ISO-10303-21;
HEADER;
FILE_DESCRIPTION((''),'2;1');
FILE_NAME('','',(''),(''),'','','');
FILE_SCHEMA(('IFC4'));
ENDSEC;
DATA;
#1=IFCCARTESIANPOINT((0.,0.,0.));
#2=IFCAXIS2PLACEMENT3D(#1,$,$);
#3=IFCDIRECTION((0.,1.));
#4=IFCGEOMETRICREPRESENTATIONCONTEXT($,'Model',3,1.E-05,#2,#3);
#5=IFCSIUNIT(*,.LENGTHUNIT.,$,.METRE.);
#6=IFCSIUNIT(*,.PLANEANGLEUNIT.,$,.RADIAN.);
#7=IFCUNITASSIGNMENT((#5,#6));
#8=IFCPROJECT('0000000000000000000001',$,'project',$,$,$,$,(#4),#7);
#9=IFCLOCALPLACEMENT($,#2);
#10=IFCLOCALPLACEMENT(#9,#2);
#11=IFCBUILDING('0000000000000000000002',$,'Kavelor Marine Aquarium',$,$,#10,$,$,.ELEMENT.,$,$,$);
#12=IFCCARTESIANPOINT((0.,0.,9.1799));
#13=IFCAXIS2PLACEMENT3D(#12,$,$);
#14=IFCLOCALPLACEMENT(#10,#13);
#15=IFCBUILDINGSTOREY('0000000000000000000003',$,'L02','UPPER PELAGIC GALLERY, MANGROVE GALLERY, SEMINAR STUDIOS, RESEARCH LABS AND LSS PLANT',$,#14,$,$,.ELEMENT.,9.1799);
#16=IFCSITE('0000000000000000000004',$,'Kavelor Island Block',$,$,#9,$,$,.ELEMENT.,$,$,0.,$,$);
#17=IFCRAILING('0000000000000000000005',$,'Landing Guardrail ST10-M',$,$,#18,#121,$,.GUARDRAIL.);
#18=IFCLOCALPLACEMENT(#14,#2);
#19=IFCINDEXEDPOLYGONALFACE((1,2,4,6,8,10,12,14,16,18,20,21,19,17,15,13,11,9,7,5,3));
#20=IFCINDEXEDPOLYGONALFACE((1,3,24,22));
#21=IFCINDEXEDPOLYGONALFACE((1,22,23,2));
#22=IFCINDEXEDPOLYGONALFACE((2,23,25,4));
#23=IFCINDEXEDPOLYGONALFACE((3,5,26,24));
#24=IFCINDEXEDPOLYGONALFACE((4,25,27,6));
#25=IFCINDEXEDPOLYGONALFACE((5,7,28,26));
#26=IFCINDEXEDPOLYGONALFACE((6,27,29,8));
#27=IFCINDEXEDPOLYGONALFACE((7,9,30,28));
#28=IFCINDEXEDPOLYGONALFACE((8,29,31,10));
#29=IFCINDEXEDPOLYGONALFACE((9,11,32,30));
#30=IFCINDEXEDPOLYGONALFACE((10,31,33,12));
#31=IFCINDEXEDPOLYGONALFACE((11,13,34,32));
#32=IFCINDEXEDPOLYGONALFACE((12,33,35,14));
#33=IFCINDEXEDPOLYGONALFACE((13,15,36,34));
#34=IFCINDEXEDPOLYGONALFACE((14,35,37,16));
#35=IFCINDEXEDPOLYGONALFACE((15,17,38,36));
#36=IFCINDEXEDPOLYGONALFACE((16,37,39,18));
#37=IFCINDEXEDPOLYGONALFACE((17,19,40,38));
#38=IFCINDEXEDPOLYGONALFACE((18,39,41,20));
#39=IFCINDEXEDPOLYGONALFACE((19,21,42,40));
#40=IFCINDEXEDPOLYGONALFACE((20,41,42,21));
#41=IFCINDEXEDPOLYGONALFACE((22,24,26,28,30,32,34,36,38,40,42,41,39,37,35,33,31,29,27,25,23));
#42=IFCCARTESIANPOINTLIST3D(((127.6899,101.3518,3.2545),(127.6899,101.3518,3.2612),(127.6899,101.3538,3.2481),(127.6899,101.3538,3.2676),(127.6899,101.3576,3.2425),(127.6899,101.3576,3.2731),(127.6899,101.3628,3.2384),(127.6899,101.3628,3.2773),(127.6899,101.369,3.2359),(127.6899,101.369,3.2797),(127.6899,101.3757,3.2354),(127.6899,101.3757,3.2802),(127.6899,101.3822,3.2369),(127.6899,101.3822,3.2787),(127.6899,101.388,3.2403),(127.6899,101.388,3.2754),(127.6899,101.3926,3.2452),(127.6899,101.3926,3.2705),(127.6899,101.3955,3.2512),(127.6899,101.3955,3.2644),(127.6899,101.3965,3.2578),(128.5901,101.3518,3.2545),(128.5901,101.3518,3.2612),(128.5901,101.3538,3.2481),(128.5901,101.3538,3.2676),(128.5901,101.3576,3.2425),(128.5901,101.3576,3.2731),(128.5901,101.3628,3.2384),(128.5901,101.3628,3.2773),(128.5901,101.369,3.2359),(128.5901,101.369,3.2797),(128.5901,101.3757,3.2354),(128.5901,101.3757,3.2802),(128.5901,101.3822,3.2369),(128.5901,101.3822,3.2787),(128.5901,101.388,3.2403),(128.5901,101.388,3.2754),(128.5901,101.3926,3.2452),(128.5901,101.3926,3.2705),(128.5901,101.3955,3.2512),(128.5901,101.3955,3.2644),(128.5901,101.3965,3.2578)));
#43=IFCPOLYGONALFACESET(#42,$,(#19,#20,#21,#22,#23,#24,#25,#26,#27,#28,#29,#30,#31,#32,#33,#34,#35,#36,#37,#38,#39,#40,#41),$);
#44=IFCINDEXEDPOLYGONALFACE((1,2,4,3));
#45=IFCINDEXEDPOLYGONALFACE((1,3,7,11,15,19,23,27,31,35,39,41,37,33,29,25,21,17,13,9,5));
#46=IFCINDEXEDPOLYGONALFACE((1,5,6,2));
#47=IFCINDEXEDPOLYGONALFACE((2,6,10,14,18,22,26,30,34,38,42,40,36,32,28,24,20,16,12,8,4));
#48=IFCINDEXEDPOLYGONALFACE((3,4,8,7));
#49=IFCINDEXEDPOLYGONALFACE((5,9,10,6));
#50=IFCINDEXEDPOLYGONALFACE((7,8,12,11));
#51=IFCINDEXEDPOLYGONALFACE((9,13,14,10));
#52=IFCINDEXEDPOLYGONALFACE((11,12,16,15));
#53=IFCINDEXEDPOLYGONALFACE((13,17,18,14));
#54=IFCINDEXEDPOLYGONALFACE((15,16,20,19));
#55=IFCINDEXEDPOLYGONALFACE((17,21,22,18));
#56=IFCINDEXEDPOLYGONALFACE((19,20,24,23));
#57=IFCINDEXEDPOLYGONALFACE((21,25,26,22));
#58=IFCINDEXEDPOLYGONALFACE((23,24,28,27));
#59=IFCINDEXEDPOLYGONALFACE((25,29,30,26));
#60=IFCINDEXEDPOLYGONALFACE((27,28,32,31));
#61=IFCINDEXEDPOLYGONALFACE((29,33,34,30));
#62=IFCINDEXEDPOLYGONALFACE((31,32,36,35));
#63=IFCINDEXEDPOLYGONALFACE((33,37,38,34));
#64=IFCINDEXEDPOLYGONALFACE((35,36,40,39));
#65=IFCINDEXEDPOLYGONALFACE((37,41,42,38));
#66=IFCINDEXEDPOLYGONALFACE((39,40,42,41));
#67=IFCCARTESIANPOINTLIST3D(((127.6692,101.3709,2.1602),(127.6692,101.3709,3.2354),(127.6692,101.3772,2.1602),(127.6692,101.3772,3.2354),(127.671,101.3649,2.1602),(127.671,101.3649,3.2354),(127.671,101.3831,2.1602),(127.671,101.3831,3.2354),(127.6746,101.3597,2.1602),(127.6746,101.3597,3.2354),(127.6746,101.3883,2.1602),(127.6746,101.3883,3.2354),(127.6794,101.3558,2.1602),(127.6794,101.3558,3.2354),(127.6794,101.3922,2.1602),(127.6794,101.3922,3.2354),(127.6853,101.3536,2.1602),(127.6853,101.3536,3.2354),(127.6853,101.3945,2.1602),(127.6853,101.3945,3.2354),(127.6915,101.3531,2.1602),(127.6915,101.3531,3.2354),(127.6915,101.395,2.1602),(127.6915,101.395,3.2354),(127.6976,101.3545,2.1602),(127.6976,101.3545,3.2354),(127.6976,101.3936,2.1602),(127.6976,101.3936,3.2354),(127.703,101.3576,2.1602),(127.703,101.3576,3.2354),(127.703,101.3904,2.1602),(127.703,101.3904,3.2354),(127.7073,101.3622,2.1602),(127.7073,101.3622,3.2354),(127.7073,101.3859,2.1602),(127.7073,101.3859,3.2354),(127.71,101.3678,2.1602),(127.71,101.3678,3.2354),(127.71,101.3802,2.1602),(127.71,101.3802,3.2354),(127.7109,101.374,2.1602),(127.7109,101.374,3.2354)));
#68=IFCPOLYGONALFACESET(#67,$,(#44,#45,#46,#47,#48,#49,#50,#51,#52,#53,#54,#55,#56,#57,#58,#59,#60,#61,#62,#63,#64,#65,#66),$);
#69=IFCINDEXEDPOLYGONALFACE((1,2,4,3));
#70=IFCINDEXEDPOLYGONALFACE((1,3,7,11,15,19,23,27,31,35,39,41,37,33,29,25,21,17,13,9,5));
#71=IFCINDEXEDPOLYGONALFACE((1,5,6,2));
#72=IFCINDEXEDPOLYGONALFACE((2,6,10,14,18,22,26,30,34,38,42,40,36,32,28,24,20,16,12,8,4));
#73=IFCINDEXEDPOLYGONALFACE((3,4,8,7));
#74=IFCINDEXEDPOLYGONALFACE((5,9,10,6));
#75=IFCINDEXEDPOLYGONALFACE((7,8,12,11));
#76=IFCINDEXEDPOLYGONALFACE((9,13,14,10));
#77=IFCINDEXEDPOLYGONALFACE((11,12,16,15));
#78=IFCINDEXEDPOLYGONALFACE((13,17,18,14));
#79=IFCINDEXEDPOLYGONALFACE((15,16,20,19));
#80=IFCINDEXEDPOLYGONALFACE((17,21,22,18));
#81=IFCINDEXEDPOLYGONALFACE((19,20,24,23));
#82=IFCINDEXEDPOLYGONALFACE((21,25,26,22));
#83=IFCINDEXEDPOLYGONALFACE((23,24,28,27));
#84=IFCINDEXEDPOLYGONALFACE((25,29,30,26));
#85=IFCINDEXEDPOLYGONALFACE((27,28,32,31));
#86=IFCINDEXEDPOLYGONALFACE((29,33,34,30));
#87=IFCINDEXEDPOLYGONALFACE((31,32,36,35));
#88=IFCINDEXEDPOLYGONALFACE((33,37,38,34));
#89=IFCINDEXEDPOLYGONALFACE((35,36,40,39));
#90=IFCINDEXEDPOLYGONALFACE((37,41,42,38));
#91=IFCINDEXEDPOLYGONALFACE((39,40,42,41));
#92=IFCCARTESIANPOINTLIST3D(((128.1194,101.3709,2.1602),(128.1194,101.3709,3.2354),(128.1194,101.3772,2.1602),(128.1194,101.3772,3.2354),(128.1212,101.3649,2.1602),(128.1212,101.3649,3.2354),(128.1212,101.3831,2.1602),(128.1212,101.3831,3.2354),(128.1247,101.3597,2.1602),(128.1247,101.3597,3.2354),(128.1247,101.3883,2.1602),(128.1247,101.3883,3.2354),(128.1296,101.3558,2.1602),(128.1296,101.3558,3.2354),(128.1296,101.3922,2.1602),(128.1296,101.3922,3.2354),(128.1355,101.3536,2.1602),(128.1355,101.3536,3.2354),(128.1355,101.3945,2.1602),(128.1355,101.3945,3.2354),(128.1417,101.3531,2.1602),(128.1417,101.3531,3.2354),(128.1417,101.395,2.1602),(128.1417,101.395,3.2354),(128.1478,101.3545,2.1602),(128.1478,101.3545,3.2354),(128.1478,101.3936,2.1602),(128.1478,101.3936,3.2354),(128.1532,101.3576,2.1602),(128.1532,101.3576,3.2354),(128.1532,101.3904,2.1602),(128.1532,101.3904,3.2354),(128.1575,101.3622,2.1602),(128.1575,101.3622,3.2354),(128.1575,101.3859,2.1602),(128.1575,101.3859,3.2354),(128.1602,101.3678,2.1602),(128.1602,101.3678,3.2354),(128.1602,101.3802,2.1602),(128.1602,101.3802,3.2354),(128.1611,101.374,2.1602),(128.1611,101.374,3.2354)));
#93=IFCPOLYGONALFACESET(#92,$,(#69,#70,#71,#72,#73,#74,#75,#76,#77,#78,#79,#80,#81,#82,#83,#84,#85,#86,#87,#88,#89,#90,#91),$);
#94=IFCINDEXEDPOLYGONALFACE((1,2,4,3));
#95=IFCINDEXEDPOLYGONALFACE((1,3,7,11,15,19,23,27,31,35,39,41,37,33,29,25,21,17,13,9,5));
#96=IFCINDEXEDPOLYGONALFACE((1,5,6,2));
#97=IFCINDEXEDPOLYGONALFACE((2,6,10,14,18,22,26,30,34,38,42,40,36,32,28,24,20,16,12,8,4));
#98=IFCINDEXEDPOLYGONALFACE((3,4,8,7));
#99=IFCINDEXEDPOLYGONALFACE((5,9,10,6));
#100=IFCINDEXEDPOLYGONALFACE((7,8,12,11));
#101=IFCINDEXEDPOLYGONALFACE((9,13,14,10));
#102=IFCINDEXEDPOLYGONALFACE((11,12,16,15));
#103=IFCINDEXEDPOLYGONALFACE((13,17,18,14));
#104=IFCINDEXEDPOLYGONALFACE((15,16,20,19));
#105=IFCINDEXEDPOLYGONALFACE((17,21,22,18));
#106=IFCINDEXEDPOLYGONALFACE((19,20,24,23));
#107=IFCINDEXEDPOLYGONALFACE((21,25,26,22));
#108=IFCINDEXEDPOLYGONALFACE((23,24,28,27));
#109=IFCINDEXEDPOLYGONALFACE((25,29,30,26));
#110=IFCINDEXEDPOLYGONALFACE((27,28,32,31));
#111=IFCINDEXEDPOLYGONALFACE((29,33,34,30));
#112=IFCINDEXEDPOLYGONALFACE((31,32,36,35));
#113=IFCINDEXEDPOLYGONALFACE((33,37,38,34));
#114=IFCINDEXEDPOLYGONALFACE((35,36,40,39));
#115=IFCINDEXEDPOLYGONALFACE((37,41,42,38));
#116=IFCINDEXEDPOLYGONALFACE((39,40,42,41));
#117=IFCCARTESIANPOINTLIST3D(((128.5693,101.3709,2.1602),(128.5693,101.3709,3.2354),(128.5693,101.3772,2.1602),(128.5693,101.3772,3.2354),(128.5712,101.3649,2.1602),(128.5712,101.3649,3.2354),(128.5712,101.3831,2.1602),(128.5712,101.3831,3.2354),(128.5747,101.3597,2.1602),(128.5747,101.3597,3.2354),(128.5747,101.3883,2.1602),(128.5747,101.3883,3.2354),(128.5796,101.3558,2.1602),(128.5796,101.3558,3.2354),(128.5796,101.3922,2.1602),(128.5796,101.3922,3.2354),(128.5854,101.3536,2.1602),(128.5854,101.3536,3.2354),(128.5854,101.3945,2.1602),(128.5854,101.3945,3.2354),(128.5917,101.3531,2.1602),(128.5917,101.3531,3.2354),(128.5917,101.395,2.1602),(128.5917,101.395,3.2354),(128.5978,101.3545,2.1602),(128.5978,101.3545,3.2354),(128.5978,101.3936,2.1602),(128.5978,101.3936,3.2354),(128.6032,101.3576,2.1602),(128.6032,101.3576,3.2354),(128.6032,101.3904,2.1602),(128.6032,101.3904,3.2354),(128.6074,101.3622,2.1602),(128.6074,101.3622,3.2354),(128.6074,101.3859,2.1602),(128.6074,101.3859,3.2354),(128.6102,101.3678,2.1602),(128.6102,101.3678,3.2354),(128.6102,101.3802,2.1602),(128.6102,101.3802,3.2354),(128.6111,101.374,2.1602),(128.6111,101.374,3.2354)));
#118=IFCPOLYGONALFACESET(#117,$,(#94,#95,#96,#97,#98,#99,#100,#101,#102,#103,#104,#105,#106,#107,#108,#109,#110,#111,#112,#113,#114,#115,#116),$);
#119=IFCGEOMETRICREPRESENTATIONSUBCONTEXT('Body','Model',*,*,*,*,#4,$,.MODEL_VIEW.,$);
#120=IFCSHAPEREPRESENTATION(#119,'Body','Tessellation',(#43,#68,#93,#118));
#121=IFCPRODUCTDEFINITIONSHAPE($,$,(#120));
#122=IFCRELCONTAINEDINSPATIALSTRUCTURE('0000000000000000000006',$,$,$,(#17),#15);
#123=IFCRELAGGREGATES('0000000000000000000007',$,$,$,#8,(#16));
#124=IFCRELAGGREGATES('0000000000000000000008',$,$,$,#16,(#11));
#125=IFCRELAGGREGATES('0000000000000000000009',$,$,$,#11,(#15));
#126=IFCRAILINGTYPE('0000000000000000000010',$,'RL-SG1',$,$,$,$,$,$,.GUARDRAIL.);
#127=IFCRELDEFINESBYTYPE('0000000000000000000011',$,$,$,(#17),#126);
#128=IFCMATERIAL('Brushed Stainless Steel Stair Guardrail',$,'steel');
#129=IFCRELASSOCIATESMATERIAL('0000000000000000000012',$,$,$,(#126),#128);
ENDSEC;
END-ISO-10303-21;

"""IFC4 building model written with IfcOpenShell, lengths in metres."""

from ifc_helpers import new_model, si_unit, direction, frame, origin, origin_2d, place, context, subcontext, project, spatial, circle, extrude, material, type_object, element, save


model = new_model("IFC4")

# Units and contexts
model_context = context("Model", 3, precision=1e-05, world=origin(), true_north=direction((0.0, 1.0)))
body_context = subcontext(model_context, "Body", "Model", "MODEL_VIEW")
ifc_project = project(units=[si_unit("LENGTHUNIT", "METRE"), si_unit("PLANEANGLEUNIT", "RADIAN")], contexts=[model_context])

# Site, building, storey
site_placement = place(None, origin())
site = spatial("IfcSite", under=ifc_project, at=site_placement, Name="Kavelor Island Block", CompositionType="ELEMENT", RefElevation=0.0)
building_placement = place(site_placement, origin())
building = spatial("IfcBuilding", under=site, at=building_placement, Name="Kavelor Marine Aquarium", CompositionType="ELEMENT")
storey_placement = place(building_placement, frame((0.0, 0.0, 9.1799)))
storey = spatial("IfcBuildingStorey", under=building, at=storey_placement, Name="L02", Description="UPPER PELAGIC GALLERY, MANGROVE GALLERY, SEMINAR STUDIOS, RESEARCH LABS AND LSS PLANT", CompositionType="ELEMENT", Elevation=9.1799)

# Railing
ifc_material_1 = material(Name="Brushed Stainless Steel Stair Guardrail", Category="steel")
railing_type_1 = type_object("IfcRailingType", Name="RL-SG1", PredefinedType="GUARDRAIL", material=ifc_material_1)
railing_1_placement = place(storey_placement, frame((127.6899, 101.374, 2.1602)))
element("IfcRailing", 1, at=railing_1_placement, inside=storey, type_object=railing_type_1, Name="Landing Guardrail ST10-M", PredefinedType="GUARDRAIL", context=body_context, shape_type="SweptSolid", body=[
    extrude(circle(Radius=0.0225, at=origin_2d()), frame((0.0, 0.0, 1.0977), z_axis=(1.0, 0.0, 0.0), x_axis=(0.0, 1.0, 0.0)), (0.0, 0.0, 1.0), 0.9001),
    extrude(circle(Radius=0.021, at=origin_2d()), origin(), (0.0, 0.0, 1.0), 1.0752),
    extrude(circle(Radius=0.021, at=origin_2d()), frame((0.4502, 0.0, 0.0)), (0.0, 0.0, 1.0), 1.0752),
    extrude(circle(Radius=0.021, at=origin_2d()), frame((0.9001, 0.0, 0.0)), (0.0, 0.0, 1.0), 1.0752),
])

save(model, "model.ifc")
